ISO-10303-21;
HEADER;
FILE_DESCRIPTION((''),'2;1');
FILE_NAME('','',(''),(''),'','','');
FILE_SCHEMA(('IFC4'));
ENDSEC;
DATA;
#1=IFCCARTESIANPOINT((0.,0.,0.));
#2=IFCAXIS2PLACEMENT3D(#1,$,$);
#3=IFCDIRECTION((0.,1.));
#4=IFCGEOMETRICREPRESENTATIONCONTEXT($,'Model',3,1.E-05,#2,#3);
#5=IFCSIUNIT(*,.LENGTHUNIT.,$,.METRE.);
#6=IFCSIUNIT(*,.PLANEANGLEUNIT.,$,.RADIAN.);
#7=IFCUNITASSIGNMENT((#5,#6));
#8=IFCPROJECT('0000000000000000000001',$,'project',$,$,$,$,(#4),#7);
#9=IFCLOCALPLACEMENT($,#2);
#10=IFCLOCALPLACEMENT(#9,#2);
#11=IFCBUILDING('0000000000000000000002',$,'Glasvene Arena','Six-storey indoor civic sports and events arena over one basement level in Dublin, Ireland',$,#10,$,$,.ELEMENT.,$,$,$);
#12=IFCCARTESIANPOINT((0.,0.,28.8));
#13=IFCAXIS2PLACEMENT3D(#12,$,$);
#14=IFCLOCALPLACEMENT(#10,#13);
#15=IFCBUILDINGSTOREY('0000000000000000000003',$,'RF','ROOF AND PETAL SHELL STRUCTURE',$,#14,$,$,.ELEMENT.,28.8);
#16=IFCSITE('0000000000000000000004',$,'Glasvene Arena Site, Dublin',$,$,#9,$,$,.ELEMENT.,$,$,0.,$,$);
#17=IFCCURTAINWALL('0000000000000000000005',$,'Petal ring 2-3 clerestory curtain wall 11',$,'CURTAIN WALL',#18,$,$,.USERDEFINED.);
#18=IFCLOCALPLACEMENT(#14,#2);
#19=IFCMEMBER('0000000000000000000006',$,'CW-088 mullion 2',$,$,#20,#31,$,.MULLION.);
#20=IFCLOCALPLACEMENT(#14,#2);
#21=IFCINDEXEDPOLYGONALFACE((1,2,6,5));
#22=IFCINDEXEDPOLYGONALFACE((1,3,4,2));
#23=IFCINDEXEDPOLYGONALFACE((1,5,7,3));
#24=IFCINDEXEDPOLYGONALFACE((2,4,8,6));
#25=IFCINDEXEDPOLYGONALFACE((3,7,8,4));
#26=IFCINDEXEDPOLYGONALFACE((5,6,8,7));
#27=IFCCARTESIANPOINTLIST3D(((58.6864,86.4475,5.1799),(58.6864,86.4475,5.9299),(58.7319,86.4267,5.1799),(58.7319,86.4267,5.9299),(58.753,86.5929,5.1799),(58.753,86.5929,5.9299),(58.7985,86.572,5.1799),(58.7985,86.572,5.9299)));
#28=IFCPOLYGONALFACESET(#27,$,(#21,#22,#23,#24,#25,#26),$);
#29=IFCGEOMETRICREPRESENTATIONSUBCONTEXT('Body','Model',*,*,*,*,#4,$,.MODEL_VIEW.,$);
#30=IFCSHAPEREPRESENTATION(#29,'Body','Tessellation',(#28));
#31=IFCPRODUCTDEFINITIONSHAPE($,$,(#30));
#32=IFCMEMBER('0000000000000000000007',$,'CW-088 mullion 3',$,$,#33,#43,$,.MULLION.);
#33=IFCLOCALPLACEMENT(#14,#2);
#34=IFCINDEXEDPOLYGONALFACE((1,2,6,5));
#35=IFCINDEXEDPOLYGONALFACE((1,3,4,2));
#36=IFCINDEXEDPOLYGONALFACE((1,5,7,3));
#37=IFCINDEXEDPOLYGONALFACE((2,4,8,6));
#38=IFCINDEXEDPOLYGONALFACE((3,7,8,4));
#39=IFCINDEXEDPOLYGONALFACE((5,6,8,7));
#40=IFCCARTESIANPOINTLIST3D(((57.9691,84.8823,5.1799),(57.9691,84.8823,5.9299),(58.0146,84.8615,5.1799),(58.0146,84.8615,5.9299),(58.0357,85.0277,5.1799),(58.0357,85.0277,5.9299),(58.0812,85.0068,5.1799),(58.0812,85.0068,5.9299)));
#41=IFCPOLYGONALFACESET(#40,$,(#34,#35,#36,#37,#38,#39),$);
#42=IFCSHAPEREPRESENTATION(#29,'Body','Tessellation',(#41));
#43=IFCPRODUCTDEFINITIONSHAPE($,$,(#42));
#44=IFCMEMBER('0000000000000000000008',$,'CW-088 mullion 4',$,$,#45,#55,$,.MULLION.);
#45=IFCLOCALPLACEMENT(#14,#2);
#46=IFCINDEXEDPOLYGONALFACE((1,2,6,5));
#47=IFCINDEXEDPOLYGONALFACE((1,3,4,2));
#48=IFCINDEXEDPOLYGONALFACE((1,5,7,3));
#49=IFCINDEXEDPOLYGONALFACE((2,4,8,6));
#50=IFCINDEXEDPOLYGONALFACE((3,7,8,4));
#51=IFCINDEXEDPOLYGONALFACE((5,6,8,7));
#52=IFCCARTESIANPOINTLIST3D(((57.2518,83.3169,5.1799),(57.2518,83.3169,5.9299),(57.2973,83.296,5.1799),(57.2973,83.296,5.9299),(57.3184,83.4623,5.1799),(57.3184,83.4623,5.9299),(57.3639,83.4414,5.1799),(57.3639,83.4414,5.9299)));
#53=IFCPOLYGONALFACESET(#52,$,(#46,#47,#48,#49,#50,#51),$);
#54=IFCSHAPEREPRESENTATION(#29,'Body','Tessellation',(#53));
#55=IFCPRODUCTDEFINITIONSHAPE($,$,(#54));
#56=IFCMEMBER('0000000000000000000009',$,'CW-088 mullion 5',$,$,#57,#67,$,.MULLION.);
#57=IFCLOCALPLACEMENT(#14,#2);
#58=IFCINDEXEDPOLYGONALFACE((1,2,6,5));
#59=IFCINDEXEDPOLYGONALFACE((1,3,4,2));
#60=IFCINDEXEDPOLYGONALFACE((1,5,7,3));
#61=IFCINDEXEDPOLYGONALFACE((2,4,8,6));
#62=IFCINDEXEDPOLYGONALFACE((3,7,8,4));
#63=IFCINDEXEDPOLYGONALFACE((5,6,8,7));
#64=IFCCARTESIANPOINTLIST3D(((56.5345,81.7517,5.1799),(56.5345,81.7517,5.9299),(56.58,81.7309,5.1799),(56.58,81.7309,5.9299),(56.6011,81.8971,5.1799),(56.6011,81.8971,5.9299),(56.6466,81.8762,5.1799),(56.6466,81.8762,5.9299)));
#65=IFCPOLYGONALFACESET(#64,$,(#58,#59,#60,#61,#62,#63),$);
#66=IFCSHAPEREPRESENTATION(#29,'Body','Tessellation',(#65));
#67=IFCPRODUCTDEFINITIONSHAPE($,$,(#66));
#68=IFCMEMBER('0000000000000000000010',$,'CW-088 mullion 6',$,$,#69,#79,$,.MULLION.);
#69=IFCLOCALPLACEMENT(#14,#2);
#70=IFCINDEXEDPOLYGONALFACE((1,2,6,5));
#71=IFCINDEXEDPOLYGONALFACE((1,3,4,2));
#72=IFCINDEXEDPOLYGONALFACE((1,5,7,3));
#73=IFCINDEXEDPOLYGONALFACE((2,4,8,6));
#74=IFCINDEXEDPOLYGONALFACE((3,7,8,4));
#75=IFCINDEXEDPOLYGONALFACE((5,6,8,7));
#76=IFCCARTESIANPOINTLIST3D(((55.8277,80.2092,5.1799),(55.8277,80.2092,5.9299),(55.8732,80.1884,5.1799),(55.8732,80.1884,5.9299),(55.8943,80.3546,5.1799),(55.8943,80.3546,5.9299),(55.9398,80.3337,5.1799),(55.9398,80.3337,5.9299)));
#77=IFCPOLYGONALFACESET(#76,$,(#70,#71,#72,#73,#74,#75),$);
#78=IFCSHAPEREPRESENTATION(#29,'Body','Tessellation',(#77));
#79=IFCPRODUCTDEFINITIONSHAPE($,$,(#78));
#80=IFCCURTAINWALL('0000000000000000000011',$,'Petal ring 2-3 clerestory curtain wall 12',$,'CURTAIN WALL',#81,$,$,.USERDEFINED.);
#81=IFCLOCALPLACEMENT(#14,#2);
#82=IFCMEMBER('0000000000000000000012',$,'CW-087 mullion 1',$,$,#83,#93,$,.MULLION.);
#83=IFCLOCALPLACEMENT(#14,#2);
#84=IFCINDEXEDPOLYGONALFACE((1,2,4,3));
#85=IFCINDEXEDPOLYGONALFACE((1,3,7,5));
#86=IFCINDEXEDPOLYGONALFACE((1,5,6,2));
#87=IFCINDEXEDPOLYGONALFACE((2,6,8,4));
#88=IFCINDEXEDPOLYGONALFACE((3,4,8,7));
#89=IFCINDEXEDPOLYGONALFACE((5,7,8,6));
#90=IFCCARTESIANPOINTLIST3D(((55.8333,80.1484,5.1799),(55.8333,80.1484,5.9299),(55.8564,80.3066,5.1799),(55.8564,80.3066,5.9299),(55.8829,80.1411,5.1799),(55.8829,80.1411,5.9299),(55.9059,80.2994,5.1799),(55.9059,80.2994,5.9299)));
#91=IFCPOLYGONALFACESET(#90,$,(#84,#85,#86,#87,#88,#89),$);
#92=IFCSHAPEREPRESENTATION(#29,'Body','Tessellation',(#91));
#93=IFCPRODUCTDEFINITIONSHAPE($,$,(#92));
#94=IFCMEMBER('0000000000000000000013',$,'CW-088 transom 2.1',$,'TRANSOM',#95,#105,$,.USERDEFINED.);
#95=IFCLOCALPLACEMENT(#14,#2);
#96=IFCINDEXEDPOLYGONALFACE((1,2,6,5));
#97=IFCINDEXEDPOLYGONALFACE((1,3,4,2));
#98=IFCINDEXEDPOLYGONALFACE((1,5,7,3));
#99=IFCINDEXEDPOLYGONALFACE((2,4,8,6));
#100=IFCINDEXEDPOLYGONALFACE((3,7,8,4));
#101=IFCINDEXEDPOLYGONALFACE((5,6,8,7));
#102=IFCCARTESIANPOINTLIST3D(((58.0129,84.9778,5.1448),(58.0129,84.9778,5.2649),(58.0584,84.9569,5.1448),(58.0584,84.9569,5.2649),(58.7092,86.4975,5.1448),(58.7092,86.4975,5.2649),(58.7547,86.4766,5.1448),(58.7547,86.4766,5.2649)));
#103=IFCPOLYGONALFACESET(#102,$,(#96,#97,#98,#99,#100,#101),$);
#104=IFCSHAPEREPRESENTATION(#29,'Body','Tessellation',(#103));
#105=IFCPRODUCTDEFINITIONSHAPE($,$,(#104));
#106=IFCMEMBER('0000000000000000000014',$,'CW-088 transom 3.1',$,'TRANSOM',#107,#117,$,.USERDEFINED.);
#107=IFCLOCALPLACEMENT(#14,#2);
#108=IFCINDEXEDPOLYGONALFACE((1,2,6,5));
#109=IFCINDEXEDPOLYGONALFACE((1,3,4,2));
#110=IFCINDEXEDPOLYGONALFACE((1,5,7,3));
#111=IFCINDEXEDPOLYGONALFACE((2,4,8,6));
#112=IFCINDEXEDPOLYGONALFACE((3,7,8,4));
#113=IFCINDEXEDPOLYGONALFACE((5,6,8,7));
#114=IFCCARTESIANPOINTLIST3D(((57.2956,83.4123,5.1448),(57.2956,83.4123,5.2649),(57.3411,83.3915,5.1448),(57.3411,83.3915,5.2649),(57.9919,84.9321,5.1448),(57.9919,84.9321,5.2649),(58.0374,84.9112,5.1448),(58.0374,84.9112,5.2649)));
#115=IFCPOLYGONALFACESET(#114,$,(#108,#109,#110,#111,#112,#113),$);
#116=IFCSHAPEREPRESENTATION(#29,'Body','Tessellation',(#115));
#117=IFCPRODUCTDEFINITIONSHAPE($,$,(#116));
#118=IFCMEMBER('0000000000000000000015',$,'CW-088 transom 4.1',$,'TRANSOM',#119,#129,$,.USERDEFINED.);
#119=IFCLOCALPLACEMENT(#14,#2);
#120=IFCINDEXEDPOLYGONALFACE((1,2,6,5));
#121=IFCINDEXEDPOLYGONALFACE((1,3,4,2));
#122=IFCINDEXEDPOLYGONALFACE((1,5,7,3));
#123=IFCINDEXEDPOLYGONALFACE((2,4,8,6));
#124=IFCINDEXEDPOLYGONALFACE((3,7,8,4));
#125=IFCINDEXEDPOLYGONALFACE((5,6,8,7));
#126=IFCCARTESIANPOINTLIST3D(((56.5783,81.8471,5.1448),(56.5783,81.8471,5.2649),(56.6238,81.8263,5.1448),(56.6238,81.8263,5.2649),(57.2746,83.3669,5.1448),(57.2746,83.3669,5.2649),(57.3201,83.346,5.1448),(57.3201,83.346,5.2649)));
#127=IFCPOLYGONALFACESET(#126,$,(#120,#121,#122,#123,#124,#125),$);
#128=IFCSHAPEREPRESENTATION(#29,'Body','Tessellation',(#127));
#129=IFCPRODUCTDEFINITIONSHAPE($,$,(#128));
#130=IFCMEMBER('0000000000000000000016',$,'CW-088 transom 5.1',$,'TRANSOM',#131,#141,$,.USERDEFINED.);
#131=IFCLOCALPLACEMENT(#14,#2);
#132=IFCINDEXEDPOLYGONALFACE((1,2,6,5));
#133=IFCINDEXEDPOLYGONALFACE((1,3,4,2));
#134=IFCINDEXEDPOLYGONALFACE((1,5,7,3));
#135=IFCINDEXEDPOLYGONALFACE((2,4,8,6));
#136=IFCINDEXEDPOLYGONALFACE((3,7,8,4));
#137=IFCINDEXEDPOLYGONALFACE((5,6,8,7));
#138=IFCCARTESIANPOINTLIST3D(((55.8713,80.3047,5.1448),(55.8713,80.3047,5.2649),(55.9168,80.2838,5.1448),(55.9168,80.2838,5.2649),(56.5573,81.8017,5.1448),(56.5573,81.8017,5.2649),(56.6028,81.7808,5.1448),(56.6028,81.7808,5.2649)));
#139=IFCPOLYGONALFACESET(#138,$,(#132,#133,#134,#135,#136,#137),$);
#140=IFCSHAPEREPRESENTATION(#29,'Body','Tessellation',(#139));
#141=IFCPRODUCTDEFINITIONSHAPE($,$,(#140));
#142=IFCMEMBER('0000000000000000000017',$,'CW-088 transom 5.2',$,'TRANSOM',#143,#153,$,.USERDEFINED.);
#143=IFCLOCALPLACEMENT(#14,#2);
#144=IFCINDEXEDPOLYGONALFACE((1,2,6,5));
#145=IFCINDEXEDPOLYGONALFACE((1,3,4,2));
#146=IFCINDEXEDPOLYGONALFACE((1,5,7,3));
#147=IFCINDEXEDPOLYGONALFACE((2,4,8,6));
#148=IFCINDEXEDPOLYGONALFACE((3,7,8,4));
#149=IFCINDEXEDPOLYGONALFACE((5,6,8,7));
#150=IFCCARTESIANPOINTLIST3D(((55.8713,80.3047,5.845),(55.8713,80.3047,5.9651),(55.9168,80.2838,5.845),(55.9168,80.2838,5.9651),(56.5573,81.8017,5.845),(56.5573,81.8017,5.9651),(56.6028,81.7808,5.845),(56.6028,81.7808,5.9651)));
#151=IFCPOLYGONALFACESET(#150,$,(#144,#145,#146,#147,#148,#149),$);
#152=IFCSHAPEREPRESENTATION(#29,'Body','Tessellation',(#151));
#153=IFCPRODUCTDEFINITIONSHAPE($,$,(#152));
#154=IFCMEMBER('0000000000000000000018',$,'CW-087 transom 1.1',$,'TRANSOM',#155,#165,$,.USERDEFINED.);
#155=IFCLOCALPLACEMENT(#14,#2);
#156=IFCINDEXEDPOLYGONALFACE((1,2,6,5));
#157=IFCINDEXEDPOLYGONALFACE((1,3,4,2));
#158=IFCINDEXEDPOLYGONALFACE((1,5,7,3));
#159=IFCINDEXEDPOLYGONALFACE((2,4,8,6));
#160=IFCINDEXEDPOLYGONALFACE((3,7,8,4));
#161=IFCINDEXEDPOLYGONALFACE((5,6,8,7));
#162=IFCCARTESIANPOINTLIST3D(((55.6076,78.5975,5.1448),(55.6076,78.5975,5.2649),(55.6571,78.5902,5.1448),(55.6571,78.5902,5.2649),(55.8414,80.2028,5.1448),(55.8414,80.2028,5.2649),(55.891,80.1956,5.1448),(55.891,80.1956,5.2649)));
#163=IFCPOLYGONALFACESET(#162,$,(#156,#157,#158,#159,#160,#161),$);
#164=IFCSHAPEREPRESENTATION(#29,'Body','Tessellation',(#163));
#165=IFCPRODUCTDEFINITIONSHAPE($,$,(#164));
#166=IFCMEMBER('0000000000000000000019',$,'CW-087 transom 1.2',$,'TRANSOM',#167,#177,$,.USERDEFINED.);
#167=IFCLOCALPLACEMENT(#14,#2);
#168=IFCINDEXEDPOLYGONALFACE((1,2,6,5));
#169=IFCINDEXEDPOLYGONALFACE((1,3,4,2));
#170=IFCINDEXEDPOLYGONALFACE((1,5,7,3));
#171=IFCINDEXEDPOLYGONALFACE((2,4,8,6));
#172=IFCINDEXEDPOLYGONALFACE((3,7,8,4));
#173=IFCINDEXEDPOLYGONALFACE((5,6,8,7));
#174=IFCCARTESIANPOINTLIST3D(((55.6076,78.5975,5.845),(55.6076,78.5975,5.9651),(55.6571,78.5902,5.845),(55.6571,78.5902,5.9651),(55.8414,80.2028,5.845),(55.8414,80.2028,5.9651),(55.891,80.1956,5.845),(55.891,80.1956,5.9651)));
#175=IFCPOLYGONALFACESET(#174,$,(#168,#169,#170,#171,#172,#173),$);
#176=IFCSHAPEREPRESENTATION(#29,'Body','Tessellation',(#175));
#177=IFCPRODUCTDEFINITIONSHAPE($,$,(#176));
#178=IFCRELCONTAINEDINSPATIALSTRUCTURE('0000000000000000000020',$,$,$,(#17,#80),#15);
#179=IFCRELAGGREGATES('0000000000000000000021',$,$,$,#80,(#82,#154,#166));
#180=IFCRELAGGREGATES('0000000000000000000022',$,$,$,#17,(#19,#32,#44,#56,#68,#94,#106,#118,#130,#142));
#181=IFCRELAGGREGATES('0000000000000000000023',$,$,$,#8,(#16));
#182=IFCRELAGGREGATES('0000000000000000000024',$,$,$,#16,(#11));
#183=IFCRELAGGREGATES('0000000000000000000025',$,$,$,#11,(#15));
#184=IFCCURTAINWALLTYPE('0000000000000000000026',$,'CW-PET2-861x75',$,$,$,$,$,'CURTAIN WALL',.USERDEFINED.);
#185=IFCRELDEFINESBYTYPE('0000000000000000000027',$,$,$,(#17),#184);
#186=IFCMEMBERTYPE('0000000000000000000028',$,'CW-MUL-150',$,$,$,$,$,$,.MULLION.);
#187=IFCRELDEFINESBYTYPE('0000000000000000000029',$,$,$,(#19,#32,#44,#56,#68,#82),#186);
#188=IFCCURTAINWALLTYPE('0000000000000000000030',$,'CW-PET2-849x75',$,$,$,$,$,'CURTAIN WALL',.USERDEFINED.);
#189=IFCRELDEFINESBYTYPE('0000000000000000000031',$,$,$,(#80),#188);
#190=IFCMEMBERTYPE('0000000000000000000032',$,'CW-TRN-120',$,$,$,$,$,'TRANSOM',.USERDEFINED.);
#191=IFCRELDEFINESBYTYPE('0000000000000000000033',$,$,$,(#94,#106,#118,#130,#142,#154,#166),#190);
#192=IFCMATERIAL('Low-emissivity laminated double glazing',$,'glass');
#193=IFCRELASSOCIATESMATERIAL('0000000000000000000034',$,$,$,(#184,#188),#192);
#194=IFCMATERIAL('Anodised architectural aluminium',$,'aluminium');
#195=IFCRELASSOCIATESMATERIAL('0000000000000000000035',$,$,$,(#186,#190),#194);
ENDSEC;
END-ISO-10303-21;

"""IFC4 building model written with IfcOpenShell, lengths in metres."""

from ifc_helpers import new_model, si_unit, direction, frame, origin, origin_2d, place, context, subcontext, project, spatial, rectangle, extrude, material, material_profile, profile_set, type_object, element, aggregate, save


model = new_model("IFC4")

# Units and contexts
model_context = context("Model", 3, precision=1e-05, world=origin(), true_north=direction((0.0, 1.0)))
body_context = subcontext(model_context, "Body", "Model", "MODEL_VIEW")
ifc_project = project(units=[si_unit("LENGTHUNIT", "METRE"), si_unit("PLANEANGLEUNIT", "RADIAN")], contexts=[model_context])

# Site, building, storey
site_placement = place(None, origin())
site = spatial("IfcSite", under=ifc_project, at=site_placement, Name="Glasvene Arena Site, Dublin", CompositionType="ELEMENT", RefElevation=0.0)
building_placement = place(site_placement, origin())
building = spatial("IfcBuilding", under=site, at=building_placement, Name="Glasvene Arena", Description="Six-storey indoor civic sports and events arena over one basement level in Dublin, Ireland", CompositionType="ELEMENT")
storey_placement = place(building_placement, frame((0.0, 0.0, 28.8)))
storey = spatial("IfcBuildingStorey", under=building, at=storey_placement, Name="RF", Description="ROOF AND PETAL SHELL STRUCTURE", CompositionType="ELEMENT", Elevation=28.8)

# Curtain wall, members
ifc_material_1 = material(Name="Low-emissivity laminated double glazing", Category="glass")
curtain_wall_type_1 = type_object("IfcCurtainWallType", Name="CW-PET2-861x75", ElementType="CURTAIN WALL", PredefinedType="USERDEFINED", material=ifc_material_1)
curtain_wall_1_placement = place(storey_placement, frame((59.4597, 88.075, 0.0)))
curtain_wall_1 = element("IfcCurtainWall", 1, at=curtain_wall_1_placement, inside=storey, type_object=curtain_wall_type_1, Name="Petal ring 2-3 clerestory curtain wall 11", ObjectType="CURTAIN WALL", PredefinedType="USERDEFINED")
ifc_material_2 = material(Name="Anodised architectural aluminium", Category="aluminium")
ifc_material_profile_1 = material_profile(ifc_material_2, rectangle(XDim=0.05, YDim=0.1599, at=origin_2d()), Name="ALU MULLION 50x160")
ifc_profile_set_1 = profile_set([ifc_material_profile_1], Name="Anodised architectural aluminium")
member_type_1 = type_object("IfcMemberType", Name="CW-MUL-150", PredefinedType="MULLION", material=ifc_profile_set_1)
member_1_placement = place(storey_placement, frame((58.7424, 86.5098, 5.1799), z_axis=(0.0, 0.0, 1.0), x_axis=(0.909094, -0.416592, 0.0)))
member_1 = element("IfcMember", 2, at=member_1_placement, type_object=member_type_1, Name="CW-088 mullion 2", PredefinedType="MULLION", context=body_context, shape_type="SweptSolid", body=[
    extrude(rectangle(XDim=0.05, YDim=0.1599, at=origin_2d()), origin(), (0.0, 0.0, 1.0), 0.75),
])
member_2_placement = place(storey_placement, frame((58.0251, 84.9446, 5.1799), z_axis=(0.0, 0.0, 1.0), x_axis=(0.909094, -0.416592, 0.0)))
member_2 = element("IfcMember", 3, at=member_2_placement, type_object=member_type_1, Name="CW-088 mullion 3", PredefinedType="MULLION", context=body_context, shape_type="SweptSolid", body=[
    extrude(rectangle(XDim=0.05, YDim=0.1599, at=origin_2d()), origin(), (0.0, 0.0, 1.0), 0.75),
])
member_3_placement = place(storey_placement, frame((57.3079, 83.3792, 5.1799), z_axis=(0.0, 0.0, 1.0), x_axis=(0.909094, -0.416592, 0.0)))
member_3 = element("IfcMember", 4, at=member_3_placement, type_object=member_type_1, Name="CW-088 mullion 4", PredefinedType="MULLION", context=body_context, shape_type="SweptSolid", body=[
    extrude(rectangle(XDim=0.05, YDim=0.1599, at=origin_2d()), origin(), (0.0, 0.0, 1.0), 0.75),
])
member_4_placement = place(storey_placement, frame((56.5906, 81.814, 5.1799), z_axis=(0.0, 0.0, 1.0), x_axis=(0.909094, -0.416592, 0.0)))
member_4 = element("IfcMember", 5, at=member_4_placement, type_object=member_type_1, Name="CW-088 mullion 5", PredefinedType="MULLION", context=body_context, shape_type="SweptSolid", body=[
    extrude(rectangle(XDim=0.05, YDim=0.1599, at=origin_2d()), origin(), (0.0, 0.0, 1.0), 0.75),
])
member_5_placement = place(storey_placement, frame((55.8838, 80.2715, 5.1799), z_axis=(0.0, 0.0, 1.0), x_axis=(0.909094, -0.416592, 0.0)))
member_5 = element("IfcMember", 6, at=member_5_placement, type_object=member_type_1, Name="CW-088 mullion 6", PredefinedType="MULLION", context=body_context, shape_type="SweptSolid", body=[
    extrude(rectangle(XDim=0.05, YDim=0.1599, at=origin_2d()), origin(), (0.0, 0.0, 1.0), 0.75),
])

# Curtain wall, member
curtain_wall_type_2 = type_object("IfcCurtainWallType", Name="CW-PET2-849x75", ElementType="CURTAIN WALL", PredefinedType="USERDEFINED", material=ifc_material_1)
curtain_wall_2_placement = place(storey_placement, frame((55.8733, 80.2488, 0.0)))
curtain_wall_2 = element("IfcCurtainWall", 7, at=curtain_wall_2_placement, inside=storey, type_object=curtain_wall_type_2, Name="Petal ring 2-3 clerestory curtain wall 12", ObjectType="CURTAIN WALL", PredefinedType="USERDEFINED")
member_6_placement = place(storey_placement, frame((55.8696, 80.2239, 5.1799), z_axis=(0.0, 0.0, 1.0), x_axis=(0.989558, -0.144133, 0.0)))
member_6 = element("IfcMember", 8, at=member_6_placement, type_object=member_type_1, Name="CW-087 mullion 1", PredefinedType="MULLION", context=body_context, shape_type="SweptSolid", body=[
    extrude(rectangle(XDim=0.05, YDim=0.1599, at=origin_2d()), origin(), (0.0, 0.0, 1.0), 0.75),
])

# Members
ifc_material_profile_2 = material_profile(ifc_material_2, rectangle(XDim=0.05, YDim=0.1201, at=origin_2d()), Name="ALU TRANSOM 50x120")
ifc_profile_set_2 = profile_set([ifc_material_profile_2], Name="Anodised architectural aluminium")
member_type_2 = type_object("IfcMemberType", Name="CW-TRN-120", ElementType="TRANSOM", PredefinedType="USERDEFINED", material=ifc_profile_set_2)
member_7_placement = place(storey_placement, frame((58.7319, 86.4871, 5.2048), z_axis=(-0.416519, -0.909127, 0.0), x_axis=(0.909127, -0.416519, 0.0)))
member_7 = element("IfcMember", 9, at=member_7_placement, type_object=member_type_2, Name="CW-088 transom 2.1", ObjectType="TRANSOM", PredefinedType="USERDEFINED", context=body_context, shape_type="SweptSolid", body=[
    extrude(rectangle(XDim=0.05, YDim=0.1201, at=origin_2d()), origin(), (0.0, 0.0, 1.0), 1.6716),
])
member_8_placement = place(storey_placement, frame((58.0146, 84.9216, 5.2048), z_axis=(-0.416519, -0.909127, 0.0), x_axis=(0.909127, -0.416519, 0.0)))
member_8 = element("IfcMember", 10, at=member_8_placement, type_object=member_type_2, Name="CW-088 transom 3.1", ObjectType="TRANSOM", PredefinedType="USERDEFINED", context=body_context, shape_type="SweptSolid", body=[
    extrude(rectangle(XDim=0.05, YDim=0.1201, at=origin_2d()), origin(), (0.0, 0.0, 1.0), 1.6716),
])
member_9_placement = place(storey_placement, frame((57.2974, 83.3564, 5.2048), z_axis=(-0.416519, -0.909127, 0.0), x_axis=(0.909127, -0.416519, 0.0)))
member_9 = element("IfcMember", 11, at=member_9_placement, type_object=member_type_2, Name="CW-088 transom 4.1", ObjectType="TRANSOM", PredefinedType="USERDEFINED", context=body_context, shape_type="SweptSolid", body=[
    extrude(rectangle(XDim=0.05, YDim=0.1201, at=origin_2d()), origin(), (0.0, 0.0, 1.0), 1.6716),
])
member_10_placement = place(storey_placement, frame((56.5801, 81.7913, 5.2048), z_axis=(-0.416593, -0.909093, 0.0), x_axis=(0.909093, -0.416593, 0.0)))
member_10 = element("IfcMember", 12, at=member_10_placement, type_object=member_type_2, Name="CW-088 transom 5.1", ObjectType="TRANSOM", PredefinedType="USERDEFINED", context=body_context, shape_type="SweptSolid", body=[
    extrude(rectangle(XDim=0.05, YDim=0.1201, at=origin_2d()), origin(), (0.0, 0.0, 1.0), 1.6467),
])
member_11_placement = place(storey_placement, frame((56.5801, 81.7913, 5.905), z_axis=(-0.416593, -0.909093, 0.0), x_axis=(0.909093, -0.416593, 0.0)))
member_11 = element("IfcMember", 13, at=member_11_placement, type_object=member_type_2, Name="CW-088 transom 5.2", ObjectType="TRANSOM", PredefinedType="USERDEFINED", context=body_context, shape_type="SweptSolid", body=[
    extrude(rectangle(XDim=0.05, YDim=0.1201, at=origin_2d()), origin(), (0.0, 0.0, 1.0), 1.6467),
])
member_12_placement = place(storey_placement, frame((55.8662, 80.1992, 5.2048), z_axis=(-0.14416, -0.989554, 0.0), x_axis=(0.989554, -0.14416, 0.0)))
member_12 = element("IfcMember", 14, at=member_12_placement, type_object=member_type_2, Name="CW-087 transom 1.1", ObjectType="TRANSOM", PredefinedType="USERDEFINED", context=body_context, shape_type="SweptSolid", body=[
    extrude(rectangle(XDim=0.05, YDim=0.1201, at=origin_2d()), origin(), (0.0, 0.0, 1.0), 1.6223),
])
member_13_placement = place(storey_placement, frame((55.8662, 80.1992, 5.905), z_axis=(-0.14416, -0.989554, 0.0), x_axis=(0.989554, -0.14416, 0.0)))
member_13 = element("IfcMember", 15, at=member_13_placement, type_object=member_type_2, Name="CW-087 transom 1.2", ObjectType="TRANSOM", PredefinedType="USERDEFINED", context=body_context, shape_type="SweptSolid", body=[
    extrude(rectangle(XDim=0.05, YDim=0.1201, at=origin_2d()), origin(), (0.0, 0.0, 1.0), 1.6223),
])
aggregate(curtain_wall_2, [member_6, member_12, member_13])

aggregate(curtain_wall_1, [member_1, member_2, member_3, member_4, member_5, member_7, member_8, member_9, member_10, member_11])

save(model, "model.ifc")
